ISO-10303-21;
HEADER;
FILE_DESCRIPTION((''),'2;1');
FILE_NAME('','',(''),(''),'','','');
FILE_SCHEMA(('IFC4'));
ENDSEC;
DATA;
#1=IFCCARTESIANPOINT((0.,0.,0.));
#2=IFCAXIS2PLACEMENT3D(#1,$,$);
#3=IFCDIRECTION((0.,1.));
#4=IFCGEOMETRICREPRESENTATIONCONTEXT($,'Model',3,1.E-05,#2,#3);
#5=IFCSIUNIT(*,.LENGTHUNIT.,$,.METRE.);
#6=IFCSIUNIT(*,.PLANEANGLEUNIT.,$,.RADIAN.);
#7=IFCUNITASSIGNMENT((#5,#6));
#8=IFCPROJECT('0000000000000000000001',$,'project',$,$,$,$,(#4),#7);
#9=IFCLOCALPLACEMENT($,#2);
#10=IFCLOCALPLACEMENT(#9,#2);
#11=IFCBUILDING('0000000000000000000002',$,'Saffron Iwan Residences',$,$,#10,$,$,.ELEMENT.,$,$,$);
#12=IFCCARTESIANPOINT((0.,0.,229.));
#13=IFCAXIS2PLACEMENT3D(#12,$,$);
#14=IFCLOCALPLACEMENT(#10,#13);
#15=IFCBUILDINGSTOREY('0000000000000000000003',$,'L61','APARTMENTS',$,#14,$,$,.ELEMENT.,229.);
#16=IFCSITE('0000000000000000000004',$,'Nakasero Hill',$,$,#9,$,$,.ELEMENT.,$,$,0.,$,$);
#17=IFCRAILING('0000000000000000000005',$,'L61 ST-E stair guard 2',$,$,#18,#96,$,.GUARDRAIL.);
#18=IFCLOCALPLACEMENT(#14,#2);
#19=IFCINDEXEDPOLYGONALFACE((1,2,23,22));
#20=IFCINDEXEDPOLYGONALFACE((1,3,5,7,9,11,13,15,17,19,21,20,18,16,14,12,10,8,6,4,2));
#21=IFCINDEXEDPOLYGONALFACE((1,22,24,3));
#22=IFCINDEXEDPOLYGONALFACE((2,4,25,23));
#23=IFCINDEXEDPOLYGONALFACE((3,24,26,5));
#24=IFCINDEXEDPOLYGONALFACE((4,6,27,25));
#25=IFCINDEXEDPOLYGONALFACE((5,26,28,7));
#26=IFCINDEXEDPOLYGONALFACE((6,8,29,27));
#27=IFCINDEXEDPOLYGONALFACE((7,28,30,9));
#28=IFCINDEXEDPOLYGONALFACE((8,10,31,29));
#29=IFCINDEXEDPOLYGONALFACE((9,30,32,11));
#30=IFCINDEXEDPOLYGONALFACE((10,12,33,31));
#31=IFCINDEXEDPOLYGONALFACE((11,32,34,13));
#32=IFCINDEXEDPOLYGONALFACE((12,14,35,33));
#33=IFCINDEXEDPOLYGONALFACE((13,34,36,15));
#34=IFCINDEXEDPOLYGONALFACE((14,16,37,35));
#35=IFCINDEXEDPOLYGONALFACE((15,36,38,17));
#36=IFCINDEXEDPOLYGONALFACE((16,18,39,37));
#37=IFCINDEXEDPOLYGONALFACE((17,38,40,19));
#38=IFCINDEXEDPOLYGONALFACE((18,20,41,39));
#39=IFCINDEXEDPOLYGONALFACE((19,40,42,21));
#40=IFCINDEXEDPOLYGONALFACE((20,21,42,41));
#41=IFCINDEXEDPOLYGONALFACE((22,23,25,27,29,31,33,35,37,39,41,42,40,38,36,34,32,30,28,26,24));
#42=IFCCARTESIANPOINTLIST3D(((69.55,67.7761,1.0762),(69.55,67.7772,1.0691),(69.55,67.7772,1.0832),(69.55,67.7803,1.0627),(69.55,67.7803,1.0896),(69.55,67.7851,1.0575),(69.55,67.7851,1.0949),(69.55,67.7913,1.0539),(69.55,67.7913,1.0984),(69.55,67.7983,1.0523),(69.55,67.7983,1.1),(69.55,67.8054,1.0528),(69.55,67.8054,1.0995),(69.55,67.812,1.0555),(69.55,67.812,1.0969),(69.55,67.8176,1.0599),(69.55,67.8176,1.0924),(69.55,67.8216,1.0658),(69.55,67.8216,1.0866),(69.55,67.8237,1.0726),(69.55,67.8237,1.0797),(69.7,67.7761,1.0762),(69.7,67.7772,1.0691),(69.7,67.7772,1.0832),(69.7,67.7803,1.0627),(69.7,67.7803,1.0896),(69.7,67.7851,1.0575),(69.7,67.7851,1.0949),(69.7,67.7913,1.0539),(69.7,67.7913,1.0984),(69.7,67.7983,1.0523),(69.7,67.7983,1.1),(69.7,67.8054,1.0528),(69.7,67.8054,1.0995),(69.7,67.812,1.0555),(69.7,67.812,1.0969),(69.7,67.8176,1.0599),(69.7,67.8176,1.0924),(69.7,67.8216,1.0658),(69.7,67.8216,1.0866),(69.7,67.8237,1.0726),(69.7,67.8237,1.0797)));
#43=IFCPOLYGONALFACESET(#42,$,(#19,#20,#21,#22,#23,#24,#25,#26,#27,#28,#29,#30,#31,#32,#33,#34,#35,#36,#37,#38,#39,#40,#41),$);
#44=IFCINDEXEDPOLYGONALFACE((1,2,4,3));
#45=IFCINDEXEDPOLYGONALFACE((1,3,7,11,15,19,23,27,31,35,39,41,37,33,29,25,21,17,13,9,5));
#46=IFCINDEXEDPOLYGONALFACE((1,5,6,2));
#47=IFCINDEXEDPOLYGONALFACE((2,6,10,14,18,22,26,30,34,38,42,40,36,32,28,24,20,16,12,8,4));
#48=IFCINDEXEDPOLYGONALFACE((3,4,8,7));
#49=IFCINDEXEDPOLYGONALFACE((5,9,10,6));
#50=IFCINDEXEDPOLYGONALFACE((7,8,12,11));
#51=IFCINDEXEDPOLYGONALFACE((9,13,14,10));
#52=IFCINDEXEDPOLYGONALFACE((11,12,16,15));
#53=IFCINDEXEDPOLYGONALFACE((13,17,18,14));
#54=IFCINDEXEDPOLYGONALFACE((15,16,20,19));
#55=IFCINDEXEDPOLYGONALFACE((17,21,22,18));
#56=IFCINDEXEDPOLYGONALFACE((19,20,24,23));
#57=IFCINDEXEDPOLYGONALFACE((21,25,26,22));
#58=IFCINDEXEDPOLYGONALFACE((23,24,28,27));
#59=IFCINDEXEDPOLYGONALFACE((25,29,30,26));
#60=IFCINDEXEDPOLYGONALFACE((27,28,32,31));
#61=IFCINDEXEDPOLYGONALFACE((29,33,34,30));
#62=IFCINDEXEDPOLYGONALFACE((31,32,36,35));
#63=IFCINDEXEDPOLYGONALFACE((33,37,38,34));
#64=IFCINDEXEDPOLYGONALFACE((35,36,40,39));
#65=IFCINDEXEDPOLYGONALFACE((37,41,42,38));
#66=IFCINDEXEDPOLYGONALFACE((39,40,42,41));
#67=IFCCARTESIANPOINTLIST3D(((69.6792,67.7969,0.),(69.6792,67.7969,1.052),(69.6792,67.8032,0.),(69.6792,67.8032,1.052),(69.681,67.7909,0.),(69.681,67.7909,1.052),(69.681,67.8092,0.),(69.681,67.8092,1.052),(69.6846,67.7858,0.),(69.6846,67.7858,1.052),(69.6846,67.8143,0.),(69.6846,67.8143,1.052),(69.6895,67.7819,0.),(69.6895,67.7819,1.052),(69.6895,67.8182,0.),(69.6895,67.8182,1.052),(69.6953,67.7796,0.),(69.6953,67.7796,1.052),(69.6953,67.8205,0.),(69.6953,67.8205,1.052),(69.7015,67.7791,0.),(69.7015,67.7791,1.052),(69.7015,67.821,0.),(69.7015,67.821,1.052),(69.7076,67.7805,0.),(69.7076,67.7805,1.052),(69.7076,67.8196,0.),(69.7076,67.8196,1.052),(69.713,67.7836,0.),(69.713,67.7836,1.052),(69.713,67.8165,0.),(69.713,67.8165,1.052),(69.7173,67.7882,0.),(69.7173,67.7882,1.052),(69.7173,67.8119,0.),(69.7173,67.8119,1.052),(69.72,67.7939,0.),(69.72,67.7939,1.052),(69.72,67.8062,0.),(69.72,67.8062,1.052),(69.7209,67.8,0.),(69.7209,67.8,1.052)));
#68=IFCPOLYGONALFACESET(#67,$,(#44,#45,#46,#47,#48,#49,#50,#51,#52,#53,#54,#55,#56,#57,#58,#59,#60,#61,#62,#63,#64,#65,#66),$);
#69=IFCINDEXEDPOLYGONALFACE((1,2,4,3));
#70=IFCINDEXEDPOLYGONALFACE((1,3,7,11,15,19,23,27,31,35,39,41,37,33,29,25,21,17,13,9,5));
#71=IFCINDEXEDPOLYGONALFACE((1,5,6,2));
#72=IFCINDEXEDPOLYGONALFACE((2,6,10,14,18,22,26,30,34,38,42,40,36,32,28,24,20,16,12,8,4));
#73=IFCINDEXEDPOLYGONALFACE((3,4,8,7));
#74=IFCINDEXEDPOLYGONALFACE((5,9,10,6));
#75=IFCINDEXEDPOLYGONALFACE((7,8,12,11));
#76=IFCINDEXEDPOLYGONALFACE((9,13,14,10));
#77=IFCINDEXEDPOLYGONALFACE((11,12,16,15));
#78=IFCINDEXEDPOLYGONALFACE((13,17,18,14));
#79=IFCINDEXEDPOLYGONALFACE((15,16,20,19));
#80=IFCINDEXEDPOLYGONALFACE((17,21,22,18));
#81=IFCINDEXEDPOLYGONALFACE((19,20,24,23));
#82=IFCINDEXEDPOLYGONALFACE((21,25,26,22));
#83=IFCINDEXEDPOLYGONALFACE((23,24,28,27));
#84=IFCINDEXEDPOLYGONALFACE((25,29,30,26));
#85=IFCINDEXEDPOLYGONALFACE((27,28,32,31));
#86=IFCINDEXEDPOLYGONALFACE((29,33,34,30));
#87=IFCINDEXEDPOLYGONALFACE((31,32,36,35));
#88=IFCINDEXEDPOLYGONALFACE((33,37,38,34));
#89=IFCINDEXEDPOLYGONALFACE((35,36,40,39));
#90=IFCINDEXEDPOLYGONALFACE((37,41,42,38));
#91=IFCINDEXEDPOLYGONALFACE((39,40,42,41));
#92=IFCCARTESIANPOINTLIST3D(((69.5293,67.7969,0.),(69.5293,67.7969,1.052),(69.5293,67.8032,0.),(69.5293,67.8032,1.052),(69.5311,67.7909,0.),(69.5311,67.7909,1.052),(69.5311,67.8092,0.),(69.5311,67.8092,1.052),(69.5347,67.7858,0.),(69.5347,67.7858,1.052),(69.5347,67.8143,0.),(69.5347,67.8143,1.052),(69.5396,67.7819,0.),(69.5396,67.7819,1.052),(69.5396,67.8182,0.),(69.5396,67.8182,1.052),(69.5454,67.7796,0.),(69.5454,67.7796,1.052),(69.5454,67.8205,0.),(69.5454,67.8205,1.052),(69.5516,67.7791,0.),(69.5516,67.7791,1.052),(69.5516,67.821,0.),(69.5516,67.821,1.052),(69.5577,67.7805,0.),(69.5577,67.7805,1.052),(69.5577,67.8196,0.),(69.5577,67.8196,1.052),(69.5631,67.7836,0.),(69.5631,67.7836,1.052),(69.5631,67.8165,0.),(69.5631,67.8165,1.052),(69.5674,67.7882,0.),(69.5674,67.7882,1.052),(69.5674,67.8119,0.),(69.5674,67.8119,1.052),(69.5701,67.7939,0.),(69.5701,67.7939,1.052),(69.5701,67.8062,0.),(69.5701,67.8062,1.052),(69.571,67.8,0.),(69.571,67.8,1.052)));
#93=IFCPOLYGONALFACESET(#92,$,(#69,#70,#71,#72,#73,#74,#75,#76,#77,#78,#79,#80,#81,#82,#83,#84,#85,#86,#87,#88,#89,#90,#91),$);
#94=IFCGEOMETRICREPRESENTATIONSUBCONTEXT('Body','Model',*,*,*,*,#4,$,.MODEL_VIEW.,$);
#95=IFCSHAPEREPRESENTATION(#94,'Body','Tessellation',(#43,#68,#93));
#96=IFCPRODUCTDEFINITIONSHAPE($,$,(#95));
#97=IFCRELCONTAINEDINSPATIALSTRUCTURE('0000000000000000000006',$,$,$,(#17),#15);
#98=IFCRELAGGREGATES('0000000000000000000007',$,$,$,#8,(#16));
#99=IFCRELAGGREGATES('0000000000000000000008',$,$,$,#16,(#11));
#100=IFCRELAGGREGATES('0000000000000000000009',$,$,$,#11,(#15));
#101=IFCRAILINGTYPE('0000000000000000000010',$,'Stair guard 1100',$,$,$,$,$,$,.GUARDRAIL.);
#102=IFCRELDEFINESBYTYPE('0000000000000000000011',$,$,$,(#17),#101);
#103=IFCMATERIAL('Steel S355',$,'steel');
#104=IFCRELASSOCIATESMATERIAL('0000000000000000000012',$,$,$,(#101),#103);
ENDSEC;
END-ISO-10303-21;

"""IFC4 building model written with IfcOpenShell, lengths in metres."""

from ifc_helpers import new_model, si_unit, direction, frame, origin, origin_2d, place, context, subcontext, project, spatial, circle, extrude, material, type_object, element, save


model = new_model("IFC4")

# Units and contexts
model_context = context("Model", 3, precision=1e-05, world=origin(), true_north=direction((0.0, 1.0)))
body_context = subcontext(model_context, "Body", "Model", "MODEL_VIEW")
ifc_project = project(units=[si_unit("LENGTHUNIT", "METRE"), si_unit("PLANEANGLEUNIT", "RADIAN")], contexts=[model_context])

# Site, building, storey
site_placement = place(None, origin())
site = spatial("IfcSite", under=ifc_project, at=site_placement, Name="Nakasero Hill", CompositionType="ELEMENT", RefElevation=0.0)
building_placement = place(site_placement, origin())
building = spatial("IfcBuilding", under=site, at=building_placement, Name="Saffron Iwan Residences", CompositionType="ELEMENT")
storey_placement = place(building_placement, frame((0.0, 0.0, 229.0)))
storey = spatial("IfcBuildingStorey", under=building, at=storey_placement, Name="L61", Description="APARTMENTS", CompositionType="ELEMENT", Elevation=229.0)

# Railing
ifc_material_1 = material(Name="Steel S355", Category="steel")
railing_type_1 = type_object("IfcRailingType", Name="Stair guard 1100", PredefinedType="GUARDRAIL", material=ifc_material_1)
railing_1_placement = place(storey_placement, frame((69.7, 67.8, 0.0)))
element("IfcRailing", 1, at=railing_1_placement, inside=storey, type_object=railing_type_1, Name="L61 ST-E stair guard 2", PredefinedType="GUARDRAIL", context=body_context, shape_type="SweptSolid", body=[
    extrude(circle(Radius=0.0239, at=origin_2d()), frame((0.0, 0.0, 1.0762), z_axis=(-1.0, 0.0, 0.0), x_axis=(0.0, -1.0, 0.0)), (0.0, 0.0, 1.0), 0.1499),
    extrude(circle(Radius=0.021, at=origin_2d()), origin(), (0.0, 0.0, 1.0), 1.052),
    extrude(circle(Radius=0.021, at=origin_2d()), frame((-0.1499, 0.0, 0.0)), (0.0, 0.0, 1.0), 1.052),
])

save(model, "model.ifc")
